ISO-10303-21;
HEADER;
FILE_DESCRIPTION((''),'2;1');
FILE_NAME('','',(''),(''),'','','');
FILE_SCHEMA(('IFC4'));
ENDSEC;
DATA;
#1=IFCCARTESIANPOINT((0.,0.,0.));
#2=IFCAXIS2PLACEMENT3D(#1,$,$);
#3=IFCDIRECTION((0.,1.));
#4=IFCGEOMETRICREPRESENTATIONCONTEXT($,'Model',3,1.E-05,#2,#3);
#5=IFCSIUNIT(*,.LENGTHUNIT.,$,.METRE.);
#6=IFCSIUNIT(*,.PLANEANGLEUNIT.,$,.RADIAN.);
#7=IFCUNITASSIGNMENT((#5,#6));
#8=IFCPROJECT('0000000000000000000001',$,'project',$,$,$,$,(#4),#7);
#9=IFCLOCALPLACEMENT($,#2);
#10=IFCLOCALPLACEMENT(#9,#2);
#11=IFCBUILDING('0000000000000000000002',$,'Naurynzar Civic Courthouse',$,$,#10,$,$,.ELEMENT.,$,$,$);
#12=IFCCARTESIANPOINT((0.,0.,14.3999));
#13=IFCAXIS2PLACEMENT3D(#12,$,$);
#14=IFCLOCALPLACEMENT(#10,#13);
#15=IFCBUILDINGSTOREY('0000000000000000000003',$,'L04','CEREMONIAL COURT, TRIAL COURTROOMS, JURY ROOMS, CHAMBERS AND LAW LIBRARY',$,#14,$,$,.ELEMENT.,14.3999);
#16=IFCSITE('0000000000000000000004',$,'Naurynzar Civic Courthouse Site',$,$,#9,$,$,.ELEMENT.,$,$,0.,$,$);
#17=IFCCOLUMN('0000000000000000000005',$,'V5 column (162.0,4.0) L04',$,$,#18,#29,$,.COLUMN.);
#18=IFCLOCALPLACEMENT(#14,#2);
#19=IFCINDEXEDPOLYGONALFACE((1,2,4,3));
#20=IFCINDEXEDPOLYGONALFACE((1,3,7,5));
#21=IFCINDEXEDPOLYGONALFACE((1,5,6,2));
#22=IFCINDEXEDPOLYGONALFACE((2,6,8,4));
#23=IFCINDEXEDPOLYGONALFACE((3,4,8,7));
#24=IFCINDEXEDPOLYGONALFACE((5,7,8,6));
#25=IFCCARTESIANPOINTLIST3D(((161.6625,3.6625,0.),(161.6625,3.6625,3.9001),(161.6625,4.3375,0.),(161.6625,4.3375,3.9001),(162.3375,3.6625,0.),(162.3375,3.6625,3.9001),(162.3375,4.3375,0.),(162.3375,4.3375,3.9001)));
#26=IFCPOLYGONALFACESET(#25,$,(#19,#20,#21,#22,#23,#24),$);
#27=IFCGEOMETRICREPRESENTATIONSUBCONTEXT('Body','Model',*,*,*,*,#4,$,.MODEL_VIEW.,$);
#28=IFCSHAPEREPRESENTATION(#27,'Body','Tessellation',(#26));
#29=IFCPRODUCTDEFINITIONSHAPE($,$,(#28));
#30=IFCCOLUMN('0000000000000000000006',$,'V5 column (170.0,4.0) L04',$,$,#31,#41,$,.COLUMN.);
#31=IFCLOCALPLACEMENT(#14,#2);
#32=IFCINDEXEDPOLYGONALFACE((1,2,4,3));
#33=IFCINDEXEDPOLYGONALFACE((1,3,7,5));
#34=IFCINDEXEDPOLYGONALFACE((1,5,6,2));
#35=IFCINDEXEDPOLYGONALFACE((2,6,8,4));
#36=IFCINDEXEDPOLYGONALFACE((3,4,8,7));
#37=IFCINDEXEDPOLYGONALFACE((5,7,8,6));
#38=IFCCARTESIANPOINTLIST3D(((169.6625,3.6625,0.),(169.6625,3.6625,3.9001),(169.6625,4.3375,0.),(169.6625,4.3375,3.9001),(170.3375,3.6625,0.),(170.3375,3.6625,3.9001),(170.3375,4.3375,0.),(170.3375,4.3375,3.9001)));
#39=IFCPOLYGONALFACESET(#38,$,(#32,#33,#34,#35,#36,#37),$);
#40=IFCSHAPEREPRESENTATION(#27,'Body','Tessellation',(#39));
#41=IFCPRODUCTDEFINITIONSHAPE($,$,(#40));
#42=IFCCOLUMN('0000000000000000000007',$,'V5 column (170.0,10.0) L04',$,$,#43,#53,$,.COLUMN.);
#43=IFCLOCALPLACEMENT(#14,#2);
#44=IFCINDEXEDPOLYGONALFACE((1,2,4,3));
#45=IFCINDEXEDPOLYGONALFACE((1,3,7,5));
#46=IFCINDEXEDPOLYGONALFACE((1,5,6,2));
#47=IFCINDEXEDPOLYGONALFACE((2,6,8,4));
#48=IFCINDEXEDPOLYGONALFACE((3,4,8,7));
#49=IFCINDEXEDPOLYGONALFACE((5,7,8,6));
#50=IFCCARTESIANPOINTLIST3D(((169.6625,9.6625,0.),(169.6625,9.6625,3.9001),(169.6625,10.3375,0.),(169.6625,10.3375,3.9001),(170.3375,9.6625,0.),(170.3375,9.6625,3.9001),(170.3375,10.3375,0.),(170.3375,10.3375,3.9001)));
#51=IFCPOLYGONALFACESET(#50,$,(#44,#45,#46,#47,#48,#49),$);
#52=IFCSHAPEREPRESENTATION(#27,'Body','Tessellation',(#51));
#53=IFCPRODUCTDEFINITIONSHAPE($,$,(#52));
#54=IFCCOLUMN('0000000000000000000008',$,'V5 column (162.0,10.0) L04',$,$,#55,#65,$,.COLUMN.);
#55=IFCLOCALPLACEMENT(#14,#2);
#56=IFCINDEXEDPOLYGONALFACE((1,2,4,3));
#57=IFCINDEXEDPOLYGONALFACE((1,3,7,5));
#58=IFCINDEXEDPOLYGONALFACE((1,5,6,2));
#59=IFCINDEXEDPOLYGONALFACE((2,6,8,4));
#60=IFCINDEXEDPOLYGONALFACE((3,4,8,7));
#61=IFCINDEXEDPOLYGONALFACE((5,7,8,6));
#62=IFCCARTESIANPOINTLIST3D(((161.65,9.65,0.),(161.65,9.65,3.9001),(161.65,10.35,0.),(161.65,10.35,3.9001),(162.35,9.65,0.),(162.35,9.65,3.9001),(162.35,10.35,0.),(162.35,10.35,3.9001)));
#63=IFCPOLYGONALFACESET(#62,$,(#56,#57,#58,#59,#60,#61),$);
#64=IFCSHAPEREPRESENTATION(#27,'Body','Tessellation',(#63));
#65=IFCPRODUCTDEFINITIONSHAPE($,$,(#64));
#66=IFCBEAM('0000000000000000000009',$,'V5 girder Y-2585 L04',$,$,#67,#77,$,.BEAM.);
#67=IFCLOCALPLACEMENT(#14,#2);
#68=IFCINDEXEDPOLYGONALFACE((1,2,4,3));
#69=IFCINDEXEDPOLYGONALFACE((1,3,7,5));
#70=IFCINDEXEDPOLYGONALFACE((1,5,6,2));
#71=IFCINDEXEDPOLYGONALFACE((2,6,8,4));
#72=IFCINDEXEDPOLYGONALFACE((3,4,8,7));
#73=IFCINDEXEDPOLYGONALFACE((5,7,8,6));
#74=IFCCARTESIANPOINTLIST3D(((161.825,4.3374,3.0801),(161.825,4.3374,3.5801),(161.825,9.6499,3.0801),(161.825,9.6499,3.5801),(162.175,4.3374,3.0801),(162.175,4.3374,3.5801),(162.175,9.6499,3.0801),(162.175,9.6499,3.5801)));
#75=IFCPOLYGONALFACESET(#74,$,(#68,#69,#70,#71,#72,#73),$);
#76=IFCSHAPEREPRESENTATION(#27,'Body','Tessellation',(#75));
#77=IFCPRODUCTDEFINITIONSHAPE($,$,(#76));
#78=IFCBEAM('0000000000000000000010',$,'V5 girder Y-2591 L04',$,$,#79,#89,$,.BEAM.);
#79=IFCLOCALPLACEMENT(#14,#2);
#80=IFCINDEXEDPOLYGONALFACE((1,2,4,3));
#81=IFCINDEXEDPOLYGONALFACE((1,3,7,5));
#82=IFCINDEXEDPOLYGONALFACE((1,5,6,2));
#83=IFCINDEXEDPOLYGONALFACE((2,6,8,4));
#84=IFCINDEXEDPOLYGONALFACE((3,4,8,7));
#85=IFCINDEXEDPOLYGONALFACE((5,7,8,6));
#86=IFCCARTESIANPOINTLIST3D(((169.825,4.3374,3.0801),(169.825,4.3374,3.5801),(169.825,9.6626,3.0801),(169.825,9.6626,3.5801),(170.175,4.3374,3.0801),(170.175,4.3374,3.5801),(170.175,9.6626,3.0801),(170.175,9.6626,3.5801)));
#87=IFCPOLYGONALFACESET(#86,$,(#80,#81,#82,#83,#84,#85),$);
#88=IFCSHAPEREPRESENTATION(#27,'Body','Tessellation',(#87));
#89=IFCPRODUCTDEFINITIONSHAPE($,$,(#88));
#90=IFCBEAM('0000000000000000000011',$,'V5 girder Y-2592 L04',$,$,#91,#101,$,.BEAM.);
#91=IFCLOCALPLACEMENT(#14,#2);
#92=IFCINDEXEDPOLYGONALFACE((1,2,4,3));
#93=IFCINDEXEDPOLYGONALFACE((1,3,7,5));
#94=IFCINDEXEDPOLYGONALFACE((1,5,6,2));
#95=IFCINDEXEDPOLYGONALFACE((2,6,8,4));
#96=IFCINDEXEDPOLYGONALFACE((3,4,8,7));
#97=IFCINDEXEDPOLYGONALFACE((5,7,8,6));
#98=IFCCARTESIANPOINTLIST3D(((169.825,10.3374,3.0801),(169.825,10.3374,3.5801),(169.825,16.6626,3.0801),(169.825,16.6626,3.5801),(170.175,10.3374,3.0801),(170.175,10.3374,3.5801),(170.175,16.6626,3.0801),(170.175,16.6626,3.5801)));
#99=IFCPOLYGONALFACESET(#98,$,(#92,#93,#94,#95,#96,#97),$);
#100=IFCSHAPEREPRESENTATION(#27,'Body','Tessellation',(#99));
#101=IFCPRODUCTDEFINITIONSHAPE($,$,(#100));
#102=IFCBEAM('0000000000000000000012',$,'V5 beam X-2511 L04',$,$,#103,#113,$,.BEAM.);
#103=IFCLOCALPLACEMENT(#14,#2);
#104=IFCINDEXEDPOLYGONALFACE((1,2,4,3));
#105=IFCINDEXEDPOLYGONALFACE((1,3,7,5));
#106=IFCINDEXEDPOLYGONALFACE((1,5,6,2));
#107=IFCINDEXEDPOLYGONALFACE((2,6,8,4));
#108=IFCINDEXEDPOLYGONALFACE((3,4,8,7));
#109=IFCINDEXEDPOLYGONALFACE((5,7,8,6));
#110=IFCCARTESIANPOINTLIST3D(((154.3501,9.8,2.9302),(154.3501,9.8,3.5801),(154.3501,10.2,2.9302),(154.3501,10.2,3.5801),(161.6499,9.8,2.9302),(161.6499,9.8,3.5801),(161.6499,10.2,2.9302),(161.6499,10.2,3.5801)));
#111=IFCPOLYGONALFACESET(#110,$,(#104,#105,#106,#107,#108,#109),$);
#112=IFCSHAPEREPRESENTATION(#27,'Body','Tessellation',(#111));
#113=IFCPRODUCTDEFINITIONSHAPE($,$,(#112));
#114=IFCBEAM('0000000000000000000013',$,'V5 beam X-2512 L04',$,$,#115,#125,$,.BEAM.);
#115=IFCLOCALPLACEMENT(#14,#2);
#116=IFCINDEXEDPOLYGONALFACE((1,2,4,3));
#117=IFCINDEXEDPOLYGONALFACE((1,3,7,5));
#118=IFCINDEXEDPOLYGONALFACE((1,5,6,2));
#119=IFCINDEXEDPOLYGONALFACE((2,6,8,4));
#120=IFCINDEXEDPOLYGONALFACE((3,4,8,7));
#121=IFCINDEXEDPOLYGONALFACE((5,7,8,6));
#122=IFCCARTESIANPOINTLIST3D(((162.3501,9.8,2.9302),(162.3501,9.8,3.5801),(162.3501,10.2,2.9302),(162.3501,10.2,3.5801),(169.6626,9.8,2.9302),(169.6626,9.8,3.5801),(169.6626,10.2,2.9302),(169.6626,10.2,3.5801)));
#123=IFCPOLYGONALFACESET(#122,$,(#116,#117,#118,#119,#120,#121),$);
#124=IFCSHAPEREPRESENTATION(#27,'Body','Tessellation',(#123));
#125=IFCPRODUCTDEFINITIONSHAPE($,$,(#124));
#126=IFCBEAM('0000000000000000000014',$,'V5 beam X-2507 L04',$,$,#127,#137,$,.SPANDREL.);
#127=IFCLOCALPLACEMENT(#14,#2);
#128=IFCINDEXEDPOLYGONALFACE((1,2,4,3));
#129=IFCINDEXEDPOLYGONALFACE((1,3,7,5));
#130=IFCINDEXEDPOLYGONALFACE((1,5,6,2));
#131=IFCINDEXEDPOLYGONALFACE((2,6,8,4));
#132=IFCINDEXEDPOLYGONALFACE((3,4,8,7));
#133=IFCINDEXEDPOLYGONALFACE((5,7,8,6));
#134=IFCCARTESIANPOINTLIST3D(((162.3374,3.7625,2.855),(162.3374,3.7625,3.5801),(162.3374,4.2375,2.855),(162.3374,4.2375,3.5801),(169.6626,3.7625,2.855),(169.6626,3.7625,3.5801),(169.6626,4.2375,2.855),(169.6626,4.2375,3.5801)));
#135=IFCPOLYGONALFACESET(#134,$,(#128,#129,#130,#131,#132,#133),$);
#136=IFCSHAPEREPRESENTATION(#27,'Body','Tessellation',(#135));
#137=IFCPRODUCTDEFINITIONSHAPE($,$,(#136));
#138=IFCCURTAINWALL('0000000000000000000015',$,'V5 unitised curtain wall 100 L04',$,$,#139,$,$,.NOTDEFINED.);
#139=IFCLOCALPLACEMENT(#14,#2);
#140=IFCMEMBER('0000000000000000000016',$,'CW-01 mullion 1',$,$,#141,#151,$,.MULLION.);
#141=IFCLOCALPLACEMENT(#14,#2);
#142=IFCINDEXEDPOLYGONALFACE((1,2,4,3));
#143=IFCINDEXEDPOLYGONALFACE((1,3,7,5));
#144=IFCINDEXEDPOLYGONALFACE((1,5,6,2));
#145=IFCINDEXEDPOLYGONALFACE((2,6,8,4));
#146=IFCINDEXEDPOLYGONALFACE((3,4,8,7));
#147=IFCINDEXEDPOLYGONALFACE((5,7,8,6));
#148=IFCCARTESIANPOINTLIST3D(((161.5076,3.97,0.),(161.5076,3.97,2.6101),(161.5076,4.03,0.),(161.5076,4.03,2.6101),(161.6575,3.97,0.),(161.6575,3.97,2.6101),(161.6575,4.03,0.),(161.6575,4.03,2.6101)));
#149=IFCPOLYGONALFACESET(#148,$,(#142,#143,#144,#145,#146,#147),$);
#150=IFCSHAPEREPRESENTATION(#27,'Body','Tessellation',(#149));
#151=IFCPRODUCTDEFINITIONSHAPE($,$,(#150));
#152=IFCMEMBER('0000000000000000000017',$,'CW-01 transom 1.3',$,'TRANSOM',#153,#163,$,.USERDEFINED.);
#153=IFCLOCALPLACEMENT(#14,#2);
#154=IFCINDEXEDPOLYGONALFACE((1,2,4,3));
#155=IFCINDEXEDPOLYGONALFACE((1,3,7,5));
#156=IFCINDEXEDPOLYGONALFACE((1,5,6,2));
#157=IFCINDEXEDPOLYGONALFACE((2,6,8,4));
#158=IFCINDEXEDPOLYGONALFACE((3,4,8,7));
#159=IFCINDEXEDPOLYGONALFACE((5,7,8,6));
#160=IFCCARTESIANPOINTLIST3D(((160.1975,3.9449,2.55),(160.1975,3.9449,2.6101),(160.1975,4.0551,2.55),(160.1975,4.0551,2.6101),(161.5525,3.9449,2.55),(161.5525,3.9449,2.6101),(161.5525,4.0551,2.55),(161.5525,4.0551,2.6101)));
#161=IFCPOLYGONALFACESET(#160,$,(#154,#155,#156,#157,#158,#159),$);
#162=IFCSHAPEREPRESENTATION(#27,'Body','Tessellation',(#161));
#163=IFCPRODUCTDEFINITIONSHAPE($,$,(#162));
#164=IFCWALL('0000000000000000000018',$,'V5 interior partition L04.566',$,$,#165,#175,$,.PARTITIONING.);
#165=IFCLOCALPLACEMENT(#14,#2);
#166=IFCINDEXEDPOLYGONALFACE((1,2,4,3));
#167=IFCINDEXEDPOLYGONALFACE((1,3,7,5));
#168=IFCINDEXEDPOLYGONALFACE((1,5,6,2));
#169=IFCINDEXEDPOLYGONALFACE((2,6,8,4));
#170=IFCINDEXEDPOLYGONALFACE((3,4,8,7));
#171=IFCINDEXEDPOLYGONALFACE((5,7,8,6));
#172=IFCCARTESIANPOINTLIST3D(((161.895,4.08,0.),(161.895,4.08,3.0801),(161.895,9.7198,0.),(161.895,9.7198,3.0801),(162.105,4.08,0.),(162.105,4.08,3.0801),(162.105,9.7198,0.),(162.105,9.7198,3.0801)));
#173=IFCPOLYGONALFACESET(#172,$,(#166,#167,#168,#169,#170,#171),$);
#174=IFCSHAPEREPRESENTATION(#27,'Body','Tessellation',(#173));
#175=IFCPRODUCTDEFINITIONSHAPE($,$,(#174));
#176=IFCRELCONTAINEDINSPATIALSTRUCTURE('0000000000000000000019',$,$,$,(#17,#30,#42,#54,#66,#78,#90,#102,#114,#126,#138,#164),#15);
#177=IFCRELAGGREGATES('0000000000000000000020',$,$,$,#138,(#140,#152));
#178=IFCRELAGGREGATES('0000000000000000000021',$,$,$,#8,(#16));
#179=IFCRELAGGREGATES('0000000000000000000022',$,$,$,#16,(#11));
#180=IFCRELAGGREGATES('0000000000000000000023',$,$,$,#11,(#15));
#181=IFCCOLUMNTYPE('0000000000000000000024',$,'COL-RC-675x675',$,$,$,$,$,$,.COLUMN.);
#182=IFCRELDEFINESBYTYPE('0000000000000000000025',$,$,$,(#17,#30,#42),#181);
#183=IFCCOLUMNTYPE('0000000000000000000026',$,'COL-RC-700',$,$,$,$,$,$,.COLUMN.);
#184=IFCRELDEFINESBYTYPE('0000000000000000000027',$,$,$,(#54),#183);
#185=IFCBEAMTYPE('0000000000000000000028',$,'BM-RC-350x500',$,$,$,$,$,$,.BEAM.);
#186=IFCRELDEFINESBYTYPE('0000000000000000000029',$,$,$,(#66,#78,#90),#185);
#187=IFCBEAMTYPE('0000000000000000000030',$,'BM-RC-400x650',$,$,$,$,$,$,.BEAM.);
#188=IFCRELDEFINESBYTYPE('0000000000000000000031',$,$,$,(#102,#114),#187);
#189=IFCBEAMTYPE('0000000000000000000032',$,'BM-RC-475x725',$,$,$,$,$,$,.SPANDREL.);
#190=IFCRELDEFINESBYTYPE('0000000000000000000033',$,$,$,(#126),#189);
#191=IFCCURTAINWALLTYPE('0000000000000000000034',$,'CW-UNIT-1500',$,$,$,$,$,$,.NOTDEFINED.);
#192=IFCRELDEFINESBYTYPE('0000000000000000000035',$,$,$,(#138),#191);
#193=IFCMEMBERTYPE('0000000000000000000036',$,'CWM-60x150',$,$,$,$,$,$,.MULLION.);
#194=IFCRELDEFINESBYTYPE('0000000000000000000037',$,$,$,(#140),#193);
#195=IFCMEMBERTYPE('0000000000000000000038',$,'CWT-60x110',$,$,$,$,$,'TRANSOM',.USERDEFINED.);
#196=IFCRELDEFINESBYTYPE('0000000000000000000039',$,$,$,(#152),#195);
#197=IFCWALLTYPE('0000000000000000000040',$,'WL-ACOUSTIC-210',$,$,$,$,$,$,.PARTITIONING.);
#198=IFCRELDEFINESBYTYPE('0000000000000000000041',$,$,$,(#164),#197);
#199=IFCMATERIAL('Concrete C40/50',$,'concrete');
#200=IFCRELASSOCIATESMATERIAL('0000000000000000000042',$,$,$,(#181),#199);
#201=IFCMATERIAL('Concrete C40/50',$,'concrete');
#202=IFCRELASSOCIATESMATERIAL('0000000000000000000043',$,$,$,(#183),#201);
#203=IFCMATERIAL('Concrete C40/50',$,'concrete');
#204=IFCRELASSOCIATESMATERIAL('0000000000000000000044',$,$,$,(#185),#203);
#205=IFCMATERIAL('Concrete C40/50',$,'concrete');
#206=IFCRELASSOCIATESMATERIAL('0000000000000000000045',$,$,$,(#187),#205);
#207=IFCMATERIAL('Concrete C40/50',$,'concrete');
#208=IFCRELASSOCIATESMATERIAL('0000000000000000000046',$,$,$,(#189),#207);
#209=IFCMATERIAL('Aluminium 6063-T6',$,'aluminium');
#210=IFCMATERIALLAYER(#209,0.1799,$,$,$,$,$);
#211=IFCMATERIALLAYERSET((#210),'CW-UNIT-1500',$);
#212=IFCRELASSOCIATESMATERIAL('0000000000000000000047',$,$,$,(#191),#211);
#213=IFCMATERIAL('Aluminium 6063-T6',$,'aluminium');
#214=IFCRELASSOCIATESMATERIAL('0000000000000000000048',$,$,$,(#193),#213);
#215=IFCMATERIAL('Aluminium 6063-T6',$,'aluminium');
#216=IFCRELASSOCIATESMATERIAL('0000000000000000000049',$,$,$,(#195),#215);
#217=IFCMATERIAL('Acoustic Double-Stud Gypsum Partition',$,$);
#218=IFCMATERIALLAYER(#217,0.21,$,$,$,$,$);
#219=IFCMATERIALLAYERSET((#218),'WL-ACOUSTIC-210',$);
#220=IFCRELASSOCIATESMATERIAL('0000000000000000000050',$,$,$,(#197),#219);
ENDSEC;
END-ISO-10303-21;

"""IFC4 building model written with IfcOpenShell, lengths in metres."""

from ifc_helpers import new_model, si_unit, direction, frame, frame_2d, origin, origin_2d, place, context, subcontext, project, spatial, rectangle, extrude, material, layer, layer_set, material_profile, profile_set, type_object, element, aggregate, save


model = new_model("IFC4")

# Units and contexts
model_context = context("Model", 3, precision=1e-05, world=origin(), true_north=direction((0.0, 1.0)))
body_context = subcontext(model_context, "Body", "Model", "MODEL_VIEW")
ifc_project = project(units=[si_unit("LENGTHUNIT", "METRE"), si_unit("PLANEANGLEUNIT", "RADIAN")], contexts=[model_context])

# Site, building, storey
site_placement = place(None, origin())
site = spatial("IfcSite", under=ifc_project, at=site_placement, Name="Naurynzar Civic Courthouse Site", CompositionType="ELEMENT", RefElevation=0.0)
building_placement = place(site_placement, origin())
building = spatial("IfcBuilding", under=site, at=building_placement, Name="Naurynzar Civic Courthouse", CompositionType="ELEMENT")
storey_placement = place(building_placement, frame((0.0, 0.0, 14.3999)))
storey = spatial("IfcBuildingStorey", under=building, at=storey_placement, Name="L04", Description="CEREMONIAL COURT, TRIAL COURTROOMS, JURY ROOMS, CHAMBERS AND LAW LIBRARY", CompositionType="ELEMENT", Elevation=14.3999)

# Columns
ifc_material_1 = material(Name="Concrete C40/50", Category="concrete")
ifc_material_profile_1 = material_profile(ifc_material_1, rectangle(XDim=0.675, YDim=0.675, at=origin_2d()), Name="RC 675x675")
ifc_profile_set_1 = profile_set([ifc_material_profile_1], Name="Concrete C40/50")
column_type_1 = type_object("IfcColumnType", Name="COL-RC-675x675", PredefinedType="COLUMN", material=ifc_profile_set_1)
for number, where, z_axis, x_axis, name in (
    (1, (162.0, 4.0, 0.0), (0.0, 0.0, 1.0), (1.0, 0.0, 0.0), "V5 column (162.0,4.0) L04"),
    (2, (170.0, 4.0, 0.0), (0.0, 0.0, 1.0), (1.0, 0.0, 0.0), "V5 column (170.0,4.0) L04"),
    (3, (170.0, 10.0, 0.0), (0.0, 0.0, 1.0), (1.0, 0.0, 0.0), "V5 column (170.0,10.0) L04"),
):
    element("IfcColumn", number, at=place(storey_placement, frame(where, z_axis=z_axis, x_axis=x_axis)), inside=storey, type_object=column_type_1, Name=name, PredefinedType="COLUMN", context=body_context, shape_type="SweptSolid", body=[
        extrude(rectangle(XDim=0.675, YDim=0.675, at=origin_2d()), origin(), (0.0, 0.0, 1.0), 3.9001),
    ])
ifc_material_2 = material(Name="Concrete C40/50", Category="concrete")
ifc_material_profile_2 = material_profile(ifc_material_2, rectangle(XDim=0.7, YDim=0.7, at=origin_2d()), Name="RC 700x700")
ifc_profile_set_2 = profile_set([ifc_material_profile_2], Name="Concrete C40/50")
column_type_2 = type_object("IfcColumnType", Name="COL-RC-700", PredefinedType="COLUMN", material=ifc_profile_set_2)
column_placement = place(storey_placement, frame((162.0, 10.0, 0.0), z_axis=(0.0, 0.0, 1.0), x_axis=(1.0, 0.0, 0.0)))
element("IfcColumn", 4, at=column_placement, inside=storey, type_object=column_type_2, Name="V5 column (162.0,10.0) L04", PredefinedType="COLUMN", context=body_context, shape_type="SweptSolid", body=[
    extrude(rectangle(XDim=0.7, YDim=0.7, at=origin_2d()), origin(), (0.0, 0.0, 1.0), 3.9001),
])

# Beams
ifc_material_3 = material(Name="Concrete C40/50", Category="concrete")
ifc_material_profile_3 = material_profile(ifc_material_3, rectangle(XDim=0.3501, YDim=0.5, at=origin_2d()), Name="RCB 350x500")
ifc_profile_set_3 = profile_set([ifc_material_profile_3], Name="Concrete C40/50")
beam_type_1 = type_object("IfcBeamType", Name="BM-RC-350x500", PredefinedType="BEAM", material=ifc_profile_set_3)
beam_1_placement = place(storey_placement, frame((162.0, 4.3374, 3.3301), z_axis=(0.0, 1.0, 0.0), x_axis=(-1.0, 0.0, 0.0)))
element("IfcBeam", 5, at=beam_1_placement, inside=storey, type_object=beam_type_1, Name="V5 girder Y-2585 L04", PredefinedType="BEAM", context=body_context, shape_type="SweptSolid", body=[
    extrude(rectangle(XDim=0.3501, YDim=0.5, at=origin_2d()), origin(), (0.0, 0.0, 1.0), 5.3125),
])
beam_2_placement = place(storey_placement, frame((170.0, 4.3374, 3.3301), z_axis=(0.0, 1.0, 0.0), x_axis=(-1.0, 0.0, 0.0)))
element("IfcBeam", 6, at=beam_2_placement, inside=storey, type_object=beam_type_1, Name="V5 girder Y-2591 L04", PredefinedType="BEAM", context=body_context, shape_type="SweptSolid", body=[
    extrude(rectangle(XDim=0.3501, YDim=0.5, at=origin_2d()), origin(), (0.0, 0.0, 1.0), 5.3252),
])
beam_3_placement = place(storey_placement, frame((170.0, 10.3374, 3.3301), z_axis=(0.0, 1.0, 0.0), x_axis=(-1.0, 0.0, 0.0)))
element("IfcBeam", 7, at=beam_3_placement, inside=storey, type_object=beam_type_1, Name="V5 girder Y-2592 L04", PredefinedType="BEAM", context=body_context, shape_type="SweptSolid", body=[
    extrude(rectangle(XDim=0.3501, YDim=0.5, at=origin_2d()), origin(), (0.0, 0.0, 1.0), 6.3252),
])
ifc_material_4 = material(Name="Concrete C40/50", Category="concrete")
ifc_material_profile_4 = material_profile(ifc_material_4, rectangle(XDim=0.3999, YDim=0.6499, at=origin_2d()), Name="RCB 400x650")
ifc_profile_set_4 = profile_set([ifc_material_profile_4], Name="Concrete C40/50")
beam_type_2 = type_object("IfcBeamType", Name="BM-RC-400x650", PredefinedType="BEAM", material=ifc_profile_set_4)
beam_4_placement = place(storey_placement, frame((154.3501, 10.0, 3.2551), z_axis=(1.0, 0.0, 0.0), x_axis=(0.0, 1.0, 0.0)))
element("IfcBeam", 8, at=beam_4_placement, inside=storey, type_object=beam_type_2, Name="V5 beam X-2511 L04", PredefinedType="BEAM", context=body_context, shape_type="SweptSolid", body=[
    extrude(rectangle(XDim=0.3999, YDim=0.6499, at=origin_2d()), origin(), (0.0, 0.0, 1.0), 7.2998),
])
beam_5_placement = place(storey_placement, frame((162.3501, 10.0, 3.2551), z_axis=(1.0, 0.0, 0.0), x_axis=(0.0, 1.0, 0.0)))
element("IfcBeam", 9, at=beam_5_placement, inside=storey, type_object=beam_type_2, Name="V5 beam X-2512 L04", PredefinedType="BEAM", context=body_context, shape_type="SweptSolid", body=[
    extrude(rectangle(XDim=0.3999, YDim=0.6499, at=origin_2d()), origin(), (0.0, 0.0, 1.0), 7.3125),
])
ifc_material_5 = material(Name="Concrete C40/50", Category="concrete")
ifc_material_profile_5 = material_profile(ifc_material_5, rectangle(XDim=0.4751, YDim=0.7251, at=origin_2d()), Name="RCB 475x725")
ifc_profile_set_5 = profile_set([ifc_material_profile_5], Name="Concrete C40/50")
beam_type_3 = type_object("IfcBeamType", Name="BM-RC-475x725", PredefinedType="SPANDREL", material=ifc_profile_set_5)
beam_6_placement = place(storey_placement, frame((162.3374, 4.0, 3.2175), z_axis=(1.0, 0.0, 0.0), x_axis=(0.0, 1.0, 0.0)))
element("IfcBeam", 10, at=beam_6_placement, inside=storey, type_object=beam_type_3, Name="V5 beam X-2507 L04", PredefinedType="SPANDREL", context=body_context, shape_type="SweptSolid", body=[
    extrude(rectangle(XDim=0.4751, YDim=0.7251, at=origin_2d()), origin(), (0.0, 0.0, 1.0), 7.3252),
])

# Curtain wall, members
ifc_material_6 = material(Name="Aluminium 6063-T6", Category="aluminium")
ifc_layer_1 = layer(ifc_material_6, 0.1799)
ifc_layer_set_1 = layer_set([ifc_layer_1], Name="CW-UNIT-1500")
curtain_wall_type = type_object("IfcCurtainWallType", Name="CW-UNIT-1500", PredefinedType="NOTDEFINED", material=ifc_layer_set_1)
curtain_wall_placement = place(storey_placement, origin())
curtain_wall = element("IfcCurtainWall", 11, at=curtain_wall_placement, inside=storey, type_object=curtain_wall_type, Name="V5 unitised curtain wall 100 L04", PredefinedType="NOTDEFINED")
ifc_material_7 = material(Name="Aluminium 6063-T6", Category="aluminium")
ifc_material_profile_6 = material_profile(ifc_material_7, rectangle(XDim=0.0601, YDim=0.1499, at=origin_2d()), Name="ALU MULLION 60x150")
ifc_profile_set_6 = profile_set([ifc_material_profile_6], Name="Aluminium 6063-T6")
member_type_1 = type_object("IfcMemberType", Name="CWM-60x150", PredefinedType="MULLION", material=ifc_profile_set_6)
member_1_placement = place(storey_placement, frame((161.5825, 4.0, 0.0), z_axis=(0.0, 0.0, 1.0), x_axis=(0.0, -1.0, 0.0)))
member_1 = element("IfcMember", 12, at=member_1_placement, type_object=member_type_1, Name="CW-01 mullion 1", PredefinedType="MULLION", context=body_context, shape_type="SweptSolid", body=[
    extrude(rectangle(XDim=0.0601, YDim=0.1499, at=origin_2d()), origin(), (0.0, 0.0, 1.0), 2.6101),
])
ifc_material_8 = material(Name="Aluminium 6063-T6", Category="aluminium")
ifc_material_profile_7 = material_profile(ifc_material_8, rectangle(XDim=0.1101, YDim=0.0601, at=origin_2d()), Name="ALU TRANSOM 60x110")
ifc_profile_set_7 = profile_set([ifc_material_profile_7], Name="Aluminium 6063-T6")
member_type_2 = type_object("IfcMemberType", Name="CWT-60x110", ElementType="TRANSOM", PredefinedType="USERDEFINED", material=ifc_profile_set_7)
member_2_placement = place(storey_placement, frame((161.5525, 4.0, 2.5801), z_axis=(-1.0, 0.0, 0.0), x_axis=(0.0, -1.0, 0.0)))
member_2 = element("IfcMember", 13, at=member_2_placement, type_object=member_type_2, Name="CW-01 transom 1.3", ObjectType="TRANSOM", PredefinedType="USERDEFINED", context=body_context, shape_type="SweptSolid", body=[
    extrude(rectangle(XDim=0.1101, YDim=0.0601, at=origin_2d()), origin(), (0.0, 0.0, 1.0), 1.355),
])
aggregate(curtain_wall, [member_1, member_2])

# Wall
ifc_material_9 = material(Name="Acoustic Double-Stud Gypsum Partition")
ifc_layer_2 = layer(ifc_material_9, 0.21)
ifc_layer_set_2 = layer_set([ifc_layer_2], Name="WL-ACOUSTIC-210")
wall_type_1 = type_object("IfcWallType", Name="WL-ACOUSTIC-210", PredefinedType="PARTITIONING", material=ifc_layer_set_2)
wall_1_placement = place(storey_placement, frame((162.0, 4.0801, 0.0), z_axis=(0.0, 0.0, 1.0), x_axis=(0.0, 1.0, 0.0)))
element("IfcWall", 14, at=wall_1_placement, inside=storey, type_object=wall_type_1, Name="V5 interior partition L04.566", PredefinedType="PARTITIONING", context=body_context, shape_type="SweptSolid", body=[
    extrude(rectangle(XDim=5.6399, YDim=0.21, at=frame_2d((2.8198, 0.0))), origin(), (0.0, 0.0, 1.0), 3.0801),
])

save(model, "model.ifc")
